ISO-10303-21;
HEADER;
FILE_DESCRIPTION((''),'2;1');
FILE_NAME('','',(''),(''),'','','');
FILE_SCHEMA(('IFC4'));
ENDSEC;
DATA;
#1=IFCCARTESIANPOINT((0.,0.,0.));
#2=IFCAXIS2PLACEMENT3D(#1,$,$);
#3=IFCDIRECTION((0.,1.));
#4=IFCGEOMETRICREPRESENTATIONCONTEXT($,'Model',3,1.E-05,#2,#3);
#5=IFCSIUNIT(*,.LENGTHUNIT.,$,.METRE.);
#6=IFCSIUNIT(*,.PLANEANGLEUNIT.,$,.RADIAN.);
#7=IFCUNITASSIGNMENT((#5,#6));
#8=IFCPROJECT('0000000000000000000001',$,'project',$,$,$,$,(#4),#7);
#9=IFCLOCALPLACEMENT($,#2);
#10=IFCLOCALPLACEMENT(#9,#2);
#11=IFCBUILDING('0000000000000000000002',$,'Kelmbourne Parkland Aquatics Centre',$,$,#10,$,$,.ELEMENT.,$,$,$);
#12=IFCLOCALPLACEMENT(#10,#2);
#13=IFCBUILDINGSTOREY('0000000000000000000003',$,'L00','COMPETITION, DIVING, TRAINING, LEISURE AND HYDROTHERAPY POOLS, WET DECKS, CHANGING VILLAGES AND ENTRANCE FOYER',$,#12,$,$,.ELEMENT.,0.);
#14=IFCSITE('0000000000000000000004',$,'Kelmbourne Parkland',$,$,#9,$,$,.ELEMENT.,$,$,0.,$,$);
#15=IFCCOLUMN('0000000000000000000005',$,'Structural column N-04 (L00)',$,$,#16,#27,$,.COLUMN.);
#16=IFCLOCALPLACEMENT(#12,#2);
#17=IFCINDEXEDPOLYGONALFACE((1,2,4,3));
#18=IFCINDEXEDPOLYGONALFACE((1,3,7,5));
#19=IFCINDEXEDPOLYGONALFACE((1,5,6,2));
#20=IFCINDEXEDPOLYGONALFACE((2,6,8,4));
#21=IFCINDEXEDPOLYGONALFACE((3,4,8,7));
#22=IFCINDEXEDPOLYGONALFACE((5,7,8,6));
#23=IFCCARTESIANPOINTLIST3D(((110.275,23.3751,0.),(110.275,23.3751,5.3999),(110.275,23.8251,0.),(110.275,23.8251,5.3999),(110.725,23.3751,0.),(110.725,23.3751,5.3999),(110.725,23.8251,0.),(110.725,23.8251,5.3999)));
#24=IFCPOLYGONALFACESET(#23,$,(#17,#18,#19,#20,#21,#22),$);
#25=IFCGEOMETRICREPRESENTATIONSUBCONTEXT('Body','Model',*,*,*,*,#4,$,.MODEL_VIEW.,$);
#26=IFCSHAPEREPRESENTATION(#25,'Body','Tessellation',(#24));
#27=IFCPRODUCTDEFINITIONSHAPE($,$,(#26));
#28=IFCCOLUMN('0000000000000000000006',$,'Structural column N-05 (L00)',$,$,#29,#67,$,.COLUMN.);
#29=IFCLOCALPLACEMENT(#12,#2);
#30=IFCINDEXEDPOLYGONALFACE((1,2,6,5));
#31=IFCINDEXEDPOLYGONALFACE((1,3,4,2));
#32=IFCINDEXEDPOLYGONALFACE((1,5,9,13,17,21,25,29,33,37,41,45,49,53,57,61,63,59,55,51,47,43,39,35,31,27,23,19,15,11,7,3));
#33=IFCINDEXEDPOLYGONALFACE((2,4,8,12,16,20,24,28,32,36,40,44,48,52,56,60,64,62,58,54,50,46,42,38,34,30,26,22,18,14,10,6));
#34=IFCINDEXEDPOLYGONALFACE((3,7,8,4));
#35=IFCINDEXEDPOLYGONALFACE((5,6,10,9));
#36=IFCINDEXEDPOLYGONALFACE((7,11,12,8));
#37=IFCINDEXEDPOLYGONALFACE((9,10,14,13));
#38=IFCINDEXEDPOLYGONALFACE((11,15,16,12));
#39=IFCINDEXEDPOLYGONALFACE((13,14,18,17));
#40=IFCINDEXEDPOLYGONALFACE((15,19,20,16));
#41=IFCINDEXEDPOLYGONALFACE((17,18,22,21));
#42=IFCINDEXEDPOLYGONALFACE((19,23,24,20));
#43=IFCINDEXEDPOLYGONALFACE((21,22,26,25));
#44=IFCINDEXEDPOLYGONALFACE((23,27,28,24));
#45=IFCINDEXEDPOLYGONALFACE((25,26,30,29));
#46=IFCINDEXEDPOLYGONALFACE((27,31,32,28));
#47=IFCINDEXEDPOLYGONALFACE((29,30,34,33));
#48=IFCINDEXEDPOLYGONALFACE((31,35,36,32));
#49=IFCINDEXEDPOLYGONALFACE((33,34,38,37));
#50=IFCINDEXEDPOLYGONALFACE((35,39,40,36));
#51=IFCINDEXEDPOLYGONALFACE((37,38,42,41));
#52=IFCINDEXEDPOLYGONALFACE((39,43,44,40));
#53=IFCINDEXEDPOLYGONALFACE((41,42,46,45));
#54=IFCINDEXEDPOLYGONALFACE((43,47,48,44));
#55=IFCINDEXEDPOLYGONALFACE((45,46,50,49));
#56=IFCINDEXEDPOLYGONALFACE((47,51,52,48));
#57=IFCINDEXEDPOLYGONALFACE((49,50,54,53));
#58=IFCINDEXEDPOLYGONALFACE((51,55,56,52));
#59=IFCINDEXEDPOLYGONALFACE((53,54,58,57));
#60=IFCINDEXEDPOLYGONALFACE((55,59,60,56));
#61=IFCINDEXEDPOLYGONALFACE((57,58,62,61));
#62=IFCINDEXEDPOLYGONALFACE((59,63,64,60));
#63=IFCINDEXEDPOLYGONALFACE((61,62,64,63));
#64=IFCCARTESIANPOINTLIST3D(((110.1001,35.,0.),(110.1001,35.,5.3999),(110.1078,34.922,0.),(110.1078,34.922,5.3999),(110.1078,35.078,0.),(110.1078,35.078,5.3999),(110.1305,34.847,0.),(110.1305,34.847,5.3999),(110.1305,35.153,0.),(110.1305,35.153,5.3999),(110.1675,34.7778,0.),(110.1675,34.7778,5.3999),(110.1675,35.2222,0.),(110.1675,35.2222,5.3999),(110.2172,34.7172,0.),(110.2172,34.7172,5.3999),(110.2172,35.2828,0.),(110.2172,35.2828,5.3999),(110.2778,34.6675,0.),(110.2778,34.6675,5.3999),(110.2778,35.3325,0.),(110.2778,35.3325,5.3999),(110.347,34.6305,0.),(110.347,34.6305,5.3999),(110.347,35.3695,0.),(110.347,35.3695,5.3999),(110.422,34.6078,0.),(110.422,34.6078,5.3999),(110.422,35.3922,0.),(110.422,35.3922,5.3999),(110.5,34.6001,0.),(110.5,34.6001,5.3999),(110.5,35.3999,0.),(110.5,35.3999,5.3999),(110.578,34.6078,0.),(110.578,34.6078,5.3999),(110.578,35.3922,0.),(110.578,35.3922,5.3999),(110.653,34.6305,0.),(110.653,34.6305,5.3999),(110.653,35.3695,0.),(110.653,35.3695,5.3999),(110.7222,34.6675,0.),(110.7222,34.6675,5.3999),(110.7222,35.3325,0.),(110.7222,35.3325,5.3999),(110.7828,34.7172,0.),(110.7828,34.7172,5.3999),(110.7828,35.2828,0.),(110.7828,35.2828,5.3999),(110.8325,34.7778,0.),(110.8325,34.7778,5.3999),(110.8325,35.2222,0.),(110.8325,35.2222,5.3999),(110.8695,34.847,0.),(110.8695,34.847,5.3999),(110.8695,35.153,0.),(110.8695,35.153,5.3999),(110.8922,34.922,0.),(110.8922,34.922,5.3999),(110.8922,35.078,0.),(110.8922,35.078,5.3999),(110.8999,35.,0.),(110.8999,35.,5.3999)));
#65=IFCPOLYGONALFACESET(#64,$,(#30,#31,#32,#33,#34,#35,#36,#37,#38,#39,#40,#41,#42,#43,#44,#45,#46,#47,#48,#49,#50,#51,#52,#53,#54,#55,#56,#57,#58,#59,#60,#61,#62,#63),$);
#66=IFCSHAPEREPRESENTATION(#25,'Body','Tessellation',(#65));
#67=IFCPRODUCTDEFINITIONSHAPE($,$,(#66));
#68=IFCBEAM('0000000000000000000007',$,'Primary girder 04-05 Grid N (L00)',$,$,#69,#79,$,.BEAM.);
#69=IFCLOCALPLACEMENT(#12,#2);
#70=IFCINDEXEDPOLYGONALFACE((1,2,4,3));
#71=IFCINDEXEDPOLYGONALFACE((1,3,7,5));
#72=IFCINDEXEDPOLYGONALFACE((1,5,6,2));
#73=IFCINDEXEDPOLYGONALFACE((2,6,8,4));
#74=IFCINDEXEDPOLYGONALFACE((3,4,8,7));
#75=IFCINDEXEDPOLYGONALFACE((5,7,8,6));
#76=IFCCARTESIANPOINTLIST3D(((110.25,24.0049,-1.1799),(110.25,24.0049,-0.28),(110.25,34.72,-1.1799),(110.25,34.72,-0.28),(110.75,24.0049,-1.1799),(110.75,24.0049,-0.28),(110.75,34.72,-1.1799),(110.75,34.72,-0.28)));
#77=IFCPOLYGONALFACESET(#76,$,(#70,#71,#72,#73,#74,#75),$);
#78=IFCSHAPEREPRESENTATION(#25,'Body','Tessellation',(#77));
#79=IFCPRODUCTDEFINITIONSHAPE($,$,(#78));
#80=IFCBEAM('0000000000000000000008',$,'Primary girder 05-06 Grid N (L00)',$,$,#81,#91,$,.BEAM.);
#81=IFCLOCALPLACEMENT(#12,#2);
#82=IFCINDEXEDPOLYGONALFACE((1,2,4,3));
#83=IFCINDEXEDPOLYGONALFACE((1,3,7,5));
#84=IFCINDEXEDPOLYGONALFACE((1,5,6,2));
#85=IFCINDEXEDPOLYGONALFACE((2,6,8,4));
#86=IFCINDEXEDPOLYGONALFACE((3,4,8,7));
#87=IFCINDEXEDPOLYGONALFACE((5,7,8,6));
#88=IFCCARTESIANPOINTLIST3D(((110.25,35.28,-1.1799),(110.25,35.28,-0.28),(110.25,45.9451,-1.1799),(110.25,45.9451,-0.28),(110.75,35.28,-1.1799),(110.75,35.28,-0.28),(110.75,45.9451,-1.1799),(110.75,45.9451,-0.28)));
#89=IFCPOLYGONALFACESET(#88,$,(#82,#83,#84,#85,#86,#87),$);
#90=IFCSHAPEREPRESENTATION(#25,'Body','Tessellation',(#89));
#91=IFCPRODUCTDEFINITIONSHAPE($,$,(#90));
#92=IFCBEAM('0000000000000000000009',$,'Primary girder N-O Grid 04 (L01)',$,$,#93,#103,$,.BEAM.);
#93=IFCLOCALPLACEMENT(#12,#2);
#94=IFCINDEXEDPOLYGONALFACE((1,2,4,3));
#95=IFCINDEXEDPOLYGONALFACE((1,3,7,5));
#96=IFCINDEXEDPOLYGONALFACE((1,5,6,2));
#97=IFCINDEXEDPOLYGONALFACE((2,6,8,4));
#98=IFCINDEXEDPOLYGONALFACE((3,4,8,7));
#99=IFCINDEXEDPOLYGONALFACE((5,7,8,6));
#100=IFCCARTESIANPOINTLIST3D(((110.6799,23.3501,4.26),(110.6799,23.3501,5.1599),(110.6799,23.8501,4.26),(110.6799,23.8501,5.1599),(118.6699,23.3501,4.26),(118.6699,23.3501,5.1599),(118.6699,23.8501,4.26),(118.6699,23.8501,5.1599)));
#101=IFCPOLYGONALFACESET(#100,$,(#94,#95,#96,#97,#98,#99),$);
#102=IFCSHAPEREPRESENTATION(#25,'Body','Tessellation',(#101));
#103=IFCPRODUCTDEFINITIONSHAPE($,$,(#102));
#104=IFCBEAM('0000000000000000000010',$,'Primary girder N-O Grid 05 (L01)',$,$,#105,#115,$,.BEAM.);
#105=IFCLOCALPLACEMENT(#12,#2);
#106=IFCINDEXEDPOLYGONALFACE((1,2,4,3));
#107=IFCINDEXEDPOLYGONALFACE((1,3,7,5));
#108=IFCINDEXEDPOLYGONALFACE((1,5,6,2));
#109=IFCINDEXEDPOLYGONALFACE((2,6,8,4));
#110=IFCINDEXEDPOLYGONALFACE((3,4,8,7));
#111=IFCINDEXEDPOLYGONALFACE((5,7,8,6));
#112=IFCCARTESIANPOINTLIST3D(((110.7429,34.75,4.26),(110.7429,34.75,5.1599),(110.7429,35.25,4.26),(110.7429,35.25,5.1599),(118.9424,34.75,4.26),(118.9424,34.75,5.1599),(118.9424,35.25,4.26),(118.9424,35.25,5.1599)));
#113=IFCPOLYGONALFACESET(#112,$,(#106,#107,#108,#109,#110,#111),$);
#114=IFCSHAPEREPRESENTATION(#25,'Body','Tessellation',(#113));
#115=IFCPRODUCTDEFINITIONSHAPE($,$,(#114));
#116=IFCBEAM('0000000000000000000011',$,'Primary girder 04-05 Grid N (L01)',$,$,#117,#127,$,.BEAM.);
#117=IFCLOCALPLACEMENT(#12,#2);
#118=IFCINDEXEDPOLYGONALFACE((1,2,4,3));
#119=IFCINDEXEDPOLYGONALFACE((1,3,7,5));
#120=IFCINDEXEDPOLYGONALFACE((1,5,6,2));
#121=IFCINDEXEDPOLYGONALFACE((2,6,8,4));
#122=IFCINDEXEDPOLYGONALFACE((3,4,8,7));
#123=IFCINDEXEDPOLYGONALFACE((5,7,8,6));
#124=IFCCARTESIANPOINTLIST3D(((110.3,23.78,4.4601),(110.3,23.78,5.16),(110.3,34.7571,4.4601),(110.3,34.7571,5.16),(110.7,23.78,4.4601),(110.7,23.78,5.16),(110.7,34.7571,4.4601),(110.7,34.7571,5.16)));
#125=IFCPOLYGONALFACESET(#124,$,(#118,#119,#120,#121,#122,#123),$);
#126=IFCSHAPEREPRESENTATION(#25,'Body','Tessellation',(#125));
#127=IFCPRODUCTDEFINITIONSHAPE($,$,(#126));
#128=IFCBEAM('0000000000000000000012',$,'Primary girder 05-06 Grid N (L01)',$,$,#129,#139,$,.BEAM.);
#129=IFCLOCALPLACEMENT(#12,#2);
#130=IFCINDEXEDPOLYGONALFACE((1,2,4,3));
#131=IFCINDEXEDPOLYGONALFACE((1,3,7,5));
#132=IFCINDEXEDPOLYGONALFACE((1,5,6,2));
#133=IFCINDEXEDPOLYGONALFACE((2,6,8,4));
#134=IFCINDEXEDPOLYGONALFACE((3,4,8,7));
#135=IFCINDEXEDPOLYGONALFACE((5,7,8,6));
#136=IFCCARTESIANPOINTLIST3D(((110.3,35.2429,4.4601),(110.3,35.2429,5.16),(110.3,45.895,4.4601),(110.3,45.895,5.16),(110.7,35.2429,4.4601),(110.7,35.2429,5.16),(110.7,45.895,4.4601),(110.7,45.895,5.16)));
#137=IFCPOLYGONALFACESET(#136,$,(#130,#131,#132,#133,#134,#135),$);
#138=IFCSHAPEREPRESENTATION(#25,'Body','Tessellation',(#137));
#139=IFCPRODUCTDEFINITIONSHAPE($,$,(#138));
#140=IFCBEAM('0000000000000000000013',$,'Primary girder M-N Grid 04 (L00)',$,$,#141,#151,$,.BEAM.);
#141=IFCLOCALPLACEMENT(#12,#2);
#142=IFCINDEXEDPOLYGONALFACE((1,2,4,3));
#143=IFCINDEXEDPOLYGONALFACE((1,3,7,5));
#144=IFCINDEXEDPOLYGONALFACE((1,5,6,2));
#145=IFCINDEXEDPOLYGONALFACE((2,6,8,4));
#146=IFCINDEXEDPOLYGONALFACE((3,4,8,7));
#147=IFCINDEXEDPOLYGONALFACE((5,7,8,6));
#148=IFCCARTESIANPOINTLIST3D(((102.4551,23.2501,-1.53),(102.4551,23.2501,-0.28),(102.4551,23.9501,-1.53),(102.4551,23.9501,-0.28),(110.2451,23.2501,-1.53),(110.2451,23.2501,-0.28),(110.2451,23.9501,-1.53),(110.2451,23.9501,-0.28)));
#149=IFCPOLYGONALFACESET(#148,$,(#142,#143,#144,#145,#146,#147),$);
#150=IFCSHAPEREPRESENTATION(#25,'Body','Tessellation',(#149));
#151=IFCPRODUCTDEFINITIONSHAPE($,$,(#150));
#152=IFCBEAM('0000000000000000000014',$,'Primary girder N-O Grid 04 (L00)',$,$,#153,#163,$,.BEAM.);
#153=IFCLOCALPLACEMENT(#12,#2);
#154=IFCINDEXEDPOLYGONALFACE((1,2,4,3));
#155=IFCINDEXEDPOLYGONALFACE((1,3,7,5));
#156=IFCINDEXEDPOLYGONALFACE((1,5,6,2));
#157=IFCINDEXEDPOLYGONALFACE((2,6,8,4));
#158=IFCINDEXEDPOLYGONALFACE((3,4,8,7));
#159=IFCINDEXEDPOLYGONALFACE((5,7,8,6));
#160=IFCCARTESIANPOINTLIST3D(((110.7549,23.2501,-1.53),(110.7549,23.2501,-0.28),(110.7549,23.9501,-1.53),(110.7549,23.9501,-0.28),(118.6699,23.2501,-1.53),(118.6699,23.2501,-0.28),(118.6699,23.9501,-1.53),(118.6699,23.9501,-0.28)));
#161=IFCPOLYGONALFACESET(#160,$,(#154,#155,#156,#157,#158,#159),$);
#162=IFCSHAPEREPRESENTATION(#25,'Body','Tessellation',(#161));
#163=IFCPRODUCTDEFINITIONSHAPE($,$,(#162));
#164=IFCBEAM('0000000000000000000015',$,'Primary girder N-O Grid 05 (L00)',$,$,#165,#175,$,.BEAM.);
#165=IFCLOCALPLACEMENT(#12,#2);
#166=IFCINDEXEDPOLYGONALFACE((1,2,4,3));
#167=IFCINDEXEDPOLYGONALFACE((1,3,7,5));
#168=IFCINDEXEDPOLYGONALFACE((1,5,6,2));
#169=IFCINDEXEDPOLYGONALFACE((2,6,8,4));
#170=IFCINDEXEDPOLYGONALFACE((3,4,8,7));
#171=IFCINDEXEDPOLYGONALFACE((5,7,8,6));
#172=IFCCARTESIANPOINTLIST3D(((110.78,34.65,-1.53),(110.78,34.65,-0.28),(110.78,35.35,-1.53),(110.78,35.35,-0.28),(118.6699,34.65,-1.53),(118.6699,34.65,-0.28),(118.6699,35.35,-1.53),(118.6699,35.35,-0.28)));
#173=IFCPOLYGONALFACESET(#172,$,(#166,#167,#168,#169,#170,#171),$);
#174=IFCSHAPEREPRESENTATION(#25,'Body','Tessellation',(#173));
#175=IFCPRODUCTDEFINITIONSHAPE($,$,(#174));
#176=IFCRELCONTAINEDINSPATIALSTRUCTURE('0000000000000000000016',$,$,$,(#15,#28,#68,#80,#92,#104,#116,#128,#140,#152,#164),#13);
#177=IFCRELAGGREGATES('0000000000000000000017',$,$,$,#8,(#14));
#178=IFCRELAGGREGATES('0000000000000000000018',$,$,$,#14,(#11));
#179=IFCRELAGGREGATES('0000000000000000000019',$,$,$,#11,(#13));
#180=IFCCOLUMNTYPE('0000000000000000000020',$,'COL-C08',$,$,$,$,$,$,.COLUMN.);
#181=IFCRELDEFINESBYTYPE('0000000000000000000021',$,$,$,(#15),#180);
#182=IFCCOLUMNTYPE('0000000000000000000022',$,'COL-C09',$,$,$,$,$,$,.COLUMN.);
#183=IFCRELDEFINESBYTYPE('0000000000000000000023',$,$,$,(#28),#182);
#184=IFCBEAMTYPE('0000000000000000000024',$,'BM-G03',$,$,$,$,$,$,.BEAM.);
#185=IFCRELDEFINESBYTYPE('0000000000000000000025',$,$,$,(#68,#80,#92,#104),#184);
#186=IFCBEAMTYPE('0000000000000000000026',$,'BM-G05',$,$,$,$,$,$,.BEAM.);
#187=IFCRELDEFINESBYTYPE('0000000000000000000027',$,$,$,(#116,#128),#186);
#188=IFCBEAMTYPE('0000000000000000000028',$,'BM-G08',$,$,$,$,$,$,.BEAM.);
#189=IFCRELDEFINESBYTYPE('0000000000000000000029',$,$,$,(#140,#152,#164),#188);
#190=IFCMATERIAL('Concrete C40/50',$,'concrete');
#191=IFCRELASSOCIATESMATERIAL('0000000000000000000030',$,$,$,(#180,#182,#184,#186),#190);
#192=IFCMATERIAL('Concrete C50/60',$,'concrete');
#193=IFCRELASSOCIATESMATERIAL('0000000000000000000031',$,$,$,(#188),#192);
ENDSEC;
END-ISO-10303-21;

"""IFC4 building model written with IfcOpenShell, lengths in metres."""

from ifc_helpers import new_model, si_unit, direction, frame, origin, origin_2d, place, context, subcontext, project, spatial, rectangle, circle, extrude, material, material_profile, profile_set, type_object, element, save


model = new_model("IFC4")

# Units and contexts
model_context = context("Model", 3, precision=1e-05, world=origin(), true_north=direction((0.0, 1.0)))
body_context = subcontext(model_context, "Body", "Model", "MODEL_VIEW")
ifc_project = project(units=[si_unit("LENGTHUNIT", "METRE"), si_unit("PLANEANGLEUNIT", "RADIAN")], contexts=[model_context])

# Site, building, storey
site_placement = place(None, origin())
site = spatial("IfcSite", under=ifc_project, at=site_placement, Name="Kelmbourne Parkland", CompositionType="ELEMENT", RefElevation=0.0)
building_placement = place(site_placement, origin())
building = spatial("IfcBuilding", under=site, at=building_placement, Name="Kelmbourne Parkland Aquatics Centre", CompositionType="ELEMENT")
storey_placement = place(building_placement, origin())
storey = spatial("IfcBuildingStorey", under=building, at=storey_placement, Name="L00", Description="COMPETITION, DIVING, TRAINING, LEISURE AND HYDROTHERAPY POOLS, WET DECKS, CHANGING VILLAGES AND ENTRANCE FOYER", CompositionType="ELEMENT", Elevation=0.0)

# Columns
ifc_material_1 = material(Name="Concrete C40/50", Category="concrete")
ifc_material_profile_1 = material_profile(ifc_material_1, rectangle(XDim=0.45, YDim=0.45, at=origin_2d()), Name="RC 450x450")
ifc_profile_set_1 = profile_set([ifc_material_profile_1], Name="Concrete C40/50")
column_type_1 = type_object("IfcColumnType", Name="COL-C08", PredefinedType="COLUMN", material=ifc_profile_set_1)
column_1_placement = place(storey_placement, frame((110.5, 23.6001, 0.0), z_axis=(0.0, 0.0, 1.0), x_axis=(1.0, 0.0, 0.0)))
element("IfcColumn", 1, at=column_1_placement, inside=storey, type_object=column_type_1, Name="Structural column N-04 (L00)", PredefinedType="COLUMN", context=body_context, shape_type="SweptSolid", body=[
    extrude(rectangle(XDim=0.45, YDim=0.45, at=origin_2d()), origin(), (0.0, 0.0, 1.0), 5.3999),
])
ifc_material_profile_2 = material_profile(ifc_material_1, circle(Radius=0.3999, at=origin_2d()), Name="RC D800")
ifc_profile_set_2 = profile_set([ifc_material_profile_2], Name="Concrete C40/50")
column_type_2 = type_object("IfcColumnType", Name="COL-C09", PredefinedType="COLUMN", material=ifc_profile_set_2)
column_2_placement = place(storey_placement, frame((110.5, 35.0, 0.0), z_axis=(0.0, 0.0, 1.0), x_axis=(1.0, 0.0, 0.0)))
element("IfcColumn", 2, at=column_2_placement, inside=storey, type_object=column_type_2, Name="Structural column N-05 (L00)", PredefinedType="COLUMN", context=body_context, shape_type="SweptSolid", body=[
    extrude(circle(Radius=0.3999, at=origin_2d()), origin(), (0.0, 0.0, 1.0), 5.3999),
])

# Beams
ifc_material_profile_3 = material_profile(ifc_material_1, rectangle(XDim=0.5, YDim=0.8999, at=origin_2d()), Name="RC 500x900")
ifc_profile_set_3 = profile_set([ifc_material_profile_3], Name="Concrete C40/50")
beam_type_1 = type_object("IfcBeamType", Name="BM-G03", PredefinedType="BEAM", material=ifc_profile_set_3)
beam_1_placement = place(storey_placement, frame((110.5, 24.0049, -0.73), z_axis=(0.0, 1.0, 0.0), x_axis=(-1.0, 0.0, 0.0)))
element("IfcBeam", 3, at=beam_1_placement, inside=storey, type_object=beam_type_1, Name="Primary girder 04-05 Grid N (L00)", PredefinedType="BEAM", context=body_context, shape_type="SweptSolid", body=[
    extrude(rectangle(XDim=0.5, YDim=0.8999, at=origin_2d()), origin(), (0.0, 0.0, 1.0), 10.7151),
])
beam_2_placement = place(storey_placement, frame((110.5, 35.28, -0.73), z_axis=(0.0, 1.0, 0.0), x_axis=(-1.0, 0.0, 0.0)))
element("IfcBeam", 4, at=beam_2_placement, inside=storey, type_object=beam_type_1, Name="Primary girder 05-06 Grid N (L00)", PredefinedType="BEAM", context=body_context, shape_type="SweptSolid", body=[
    extrude(rectangle(XDim=0.5, YDim=0.8999, at=origin_2d()), origin(), (0.0, 0.0, 1.0), 10.665),
])
beam_3_placement = place(storey_placement, frame((110.6799, 23.6001, 4.71), z_axis=(1.0, 0.0, 0.0), x_axis=(0.0, 1.0, 0.0)))
element("IfcBeam", 5, at=beam_3_placement, inside=storey, type_object=beam_type_1, Name="Primary girder N-O Grid 04 (L01)", PredefinedType="BEAM", context=body_context, shape_type="SweptSolid", body=[
    extrude(rectangle(XDim=0.5, YDim=0.8999, at=origin_2d()), origin(), (0.0, 0.0, 1.0), 7.99),
])
beam_4_placement = place(storey_placement, frame((110.7429, 35.0, 4.71), z_axis=(1.0, 0.0, 0.0), x_axis=(0.0, 1.0, 0.0)))
element("IfcBeam", 6, at=beam_4_placement, inside=storey, type_object=beam_type_1, Name="Primary girder N-O Grid 05 (L01)", PredefinedType="BEAM", context=body_context, shape_type="SweptSolid", body=[
    extrude(rectangle(XDim=0.5, YDim=0.8999, at=origin_2d()), origin(), (0.0, 0.0, 1.0), 8.1995),
])
ifc_material_profile_4 = material_profile(ifc_material_1, rectangle(XDim=0.3999, YDim=0.7, at=origin_2d()), Name="RC 400x700")
ifc_profile_set_4 = profile_set([ifc_material_profile_4], Name="Concrete C40/50")
beam_type_2 = type_object("IfcBeamType", Name="BM-G05", PredefinedType="BEAM", material=ifc_profile_set_4)
beam_5_placement = place(storey_placement, frame((110.5, 23.78, 4.8101), z_axis=(0.0, 1.0, 0.0), x_axis=(-1.0, 0.0, 0.0)))
element("IfcBeam", 7, at=beam_5_placement, inside=storey, type_object=beam_type_2, Name="Primary girder 04-05 Grid N (L01)", PredefinedType="BEAM", context=body_context, shape_type="SweptSolid", body=[
    extrude(rectangle(XDim=0.3999, YDim=0.7, at=origin_2d()), origin(), (0.0, 0.0, 1.0), 10.9771),
])
beam_6_placement = place(storey_placement, frame((110.5, 35.2429, 4.8101), z_axis=(0.0, 1.0, 0.0), x_axis=(-1.0, 0.0, 0.0)))
element("IfcBeam", 8, at=beam_6_placement, inside=storey, type_object=beam_type_2, Name="Primary girder 05-06 Grid N (L01)", PredefinedType="BEAM", context=body_context, shape_type="SweptSolid", body=[
    extrude(rectangle(XDim=0.3999, YDim=0.7, at=origin_2d()), origin(), (0.0, 0.0, 1.0), 10.6521),
])
ifc_material_2 = material(Name="Concrete C50/60", Category="concrete")
ifc_material_profile_5 = material_profile(ifc_material_2, rectangle(XDim=0.7, YDim=1.25, at=origin_2d()), Name="RC 700x1250")
ifc_profile_set_5 = profile_set([ifc_material_profile_5], Name="Concrete C50/60")
beam_type_3 = type_object("IfcBeamType", Name="BM-G08", PredefinedType="BEAM", material=ifc_profile_set_5)
beam_7_placement = place(storey_placement, frame((102.4551, 23.6001, -0.905), z_axis=(1.0, 0.0, 0.0), x_axis=(0.0, 1.0, 0.0)))
element("IfcBeam", 9, at=beam_7_placement, inside=storey, type_object=beam_type_3, Name="Primary girder M-N Grid 04 (L00)", PredefinedType="BEAM", context=body_context, shape_type="SweptSolid", body=[
    extrude(rectangle(XDim=0.7, YDim=1.25, at=origin_2d()), origin(), (0.0, 0.0, 1.0), 7.79),
])
beam_8_placement = place(storey_placement, frame((110.7549, 23.6001, -0.905), z_axis=(1.0, 0.0, 0.0), x_axis=(0.0, 1.0, 0.0)))
element("IfcBeam", 10, at=beam_8_placement, inside=storey, type_object=beam_type_3, Name="Primary girder N-O Grid 04 (L00)", PredefinedType="BEAM", context=body_context, shape_type="SweptSolid", body=[
    extrude(rectangle(XDim=0.7, YDim=1.25, at=origin_2d()), origin(), (0.0, 0.0, 1.0), 7.915),
])
beam_9_placement = place(storey_placement, frame((110.78, 35.0, -0.905), z_axis=(1.0, 0.0, 0.0), x_axis=(0.0, 1.0, 0.0)))
element("IfcBeam", 11, at=beam_9_placement, inside=storey, type_object=beam_type_3, Name="Primary girder N-O Grid 05 (L00)", PredefinedType="BEAM", context=body_context, shape_type="SweptSolid", body=[
    extrude(rectangle(XDim=0.7, YDim=1.25, at=origin_2d()), origin(), (0.0, 0.0, 1.0), 7.8899),
])

save(model, "model.ifc")
